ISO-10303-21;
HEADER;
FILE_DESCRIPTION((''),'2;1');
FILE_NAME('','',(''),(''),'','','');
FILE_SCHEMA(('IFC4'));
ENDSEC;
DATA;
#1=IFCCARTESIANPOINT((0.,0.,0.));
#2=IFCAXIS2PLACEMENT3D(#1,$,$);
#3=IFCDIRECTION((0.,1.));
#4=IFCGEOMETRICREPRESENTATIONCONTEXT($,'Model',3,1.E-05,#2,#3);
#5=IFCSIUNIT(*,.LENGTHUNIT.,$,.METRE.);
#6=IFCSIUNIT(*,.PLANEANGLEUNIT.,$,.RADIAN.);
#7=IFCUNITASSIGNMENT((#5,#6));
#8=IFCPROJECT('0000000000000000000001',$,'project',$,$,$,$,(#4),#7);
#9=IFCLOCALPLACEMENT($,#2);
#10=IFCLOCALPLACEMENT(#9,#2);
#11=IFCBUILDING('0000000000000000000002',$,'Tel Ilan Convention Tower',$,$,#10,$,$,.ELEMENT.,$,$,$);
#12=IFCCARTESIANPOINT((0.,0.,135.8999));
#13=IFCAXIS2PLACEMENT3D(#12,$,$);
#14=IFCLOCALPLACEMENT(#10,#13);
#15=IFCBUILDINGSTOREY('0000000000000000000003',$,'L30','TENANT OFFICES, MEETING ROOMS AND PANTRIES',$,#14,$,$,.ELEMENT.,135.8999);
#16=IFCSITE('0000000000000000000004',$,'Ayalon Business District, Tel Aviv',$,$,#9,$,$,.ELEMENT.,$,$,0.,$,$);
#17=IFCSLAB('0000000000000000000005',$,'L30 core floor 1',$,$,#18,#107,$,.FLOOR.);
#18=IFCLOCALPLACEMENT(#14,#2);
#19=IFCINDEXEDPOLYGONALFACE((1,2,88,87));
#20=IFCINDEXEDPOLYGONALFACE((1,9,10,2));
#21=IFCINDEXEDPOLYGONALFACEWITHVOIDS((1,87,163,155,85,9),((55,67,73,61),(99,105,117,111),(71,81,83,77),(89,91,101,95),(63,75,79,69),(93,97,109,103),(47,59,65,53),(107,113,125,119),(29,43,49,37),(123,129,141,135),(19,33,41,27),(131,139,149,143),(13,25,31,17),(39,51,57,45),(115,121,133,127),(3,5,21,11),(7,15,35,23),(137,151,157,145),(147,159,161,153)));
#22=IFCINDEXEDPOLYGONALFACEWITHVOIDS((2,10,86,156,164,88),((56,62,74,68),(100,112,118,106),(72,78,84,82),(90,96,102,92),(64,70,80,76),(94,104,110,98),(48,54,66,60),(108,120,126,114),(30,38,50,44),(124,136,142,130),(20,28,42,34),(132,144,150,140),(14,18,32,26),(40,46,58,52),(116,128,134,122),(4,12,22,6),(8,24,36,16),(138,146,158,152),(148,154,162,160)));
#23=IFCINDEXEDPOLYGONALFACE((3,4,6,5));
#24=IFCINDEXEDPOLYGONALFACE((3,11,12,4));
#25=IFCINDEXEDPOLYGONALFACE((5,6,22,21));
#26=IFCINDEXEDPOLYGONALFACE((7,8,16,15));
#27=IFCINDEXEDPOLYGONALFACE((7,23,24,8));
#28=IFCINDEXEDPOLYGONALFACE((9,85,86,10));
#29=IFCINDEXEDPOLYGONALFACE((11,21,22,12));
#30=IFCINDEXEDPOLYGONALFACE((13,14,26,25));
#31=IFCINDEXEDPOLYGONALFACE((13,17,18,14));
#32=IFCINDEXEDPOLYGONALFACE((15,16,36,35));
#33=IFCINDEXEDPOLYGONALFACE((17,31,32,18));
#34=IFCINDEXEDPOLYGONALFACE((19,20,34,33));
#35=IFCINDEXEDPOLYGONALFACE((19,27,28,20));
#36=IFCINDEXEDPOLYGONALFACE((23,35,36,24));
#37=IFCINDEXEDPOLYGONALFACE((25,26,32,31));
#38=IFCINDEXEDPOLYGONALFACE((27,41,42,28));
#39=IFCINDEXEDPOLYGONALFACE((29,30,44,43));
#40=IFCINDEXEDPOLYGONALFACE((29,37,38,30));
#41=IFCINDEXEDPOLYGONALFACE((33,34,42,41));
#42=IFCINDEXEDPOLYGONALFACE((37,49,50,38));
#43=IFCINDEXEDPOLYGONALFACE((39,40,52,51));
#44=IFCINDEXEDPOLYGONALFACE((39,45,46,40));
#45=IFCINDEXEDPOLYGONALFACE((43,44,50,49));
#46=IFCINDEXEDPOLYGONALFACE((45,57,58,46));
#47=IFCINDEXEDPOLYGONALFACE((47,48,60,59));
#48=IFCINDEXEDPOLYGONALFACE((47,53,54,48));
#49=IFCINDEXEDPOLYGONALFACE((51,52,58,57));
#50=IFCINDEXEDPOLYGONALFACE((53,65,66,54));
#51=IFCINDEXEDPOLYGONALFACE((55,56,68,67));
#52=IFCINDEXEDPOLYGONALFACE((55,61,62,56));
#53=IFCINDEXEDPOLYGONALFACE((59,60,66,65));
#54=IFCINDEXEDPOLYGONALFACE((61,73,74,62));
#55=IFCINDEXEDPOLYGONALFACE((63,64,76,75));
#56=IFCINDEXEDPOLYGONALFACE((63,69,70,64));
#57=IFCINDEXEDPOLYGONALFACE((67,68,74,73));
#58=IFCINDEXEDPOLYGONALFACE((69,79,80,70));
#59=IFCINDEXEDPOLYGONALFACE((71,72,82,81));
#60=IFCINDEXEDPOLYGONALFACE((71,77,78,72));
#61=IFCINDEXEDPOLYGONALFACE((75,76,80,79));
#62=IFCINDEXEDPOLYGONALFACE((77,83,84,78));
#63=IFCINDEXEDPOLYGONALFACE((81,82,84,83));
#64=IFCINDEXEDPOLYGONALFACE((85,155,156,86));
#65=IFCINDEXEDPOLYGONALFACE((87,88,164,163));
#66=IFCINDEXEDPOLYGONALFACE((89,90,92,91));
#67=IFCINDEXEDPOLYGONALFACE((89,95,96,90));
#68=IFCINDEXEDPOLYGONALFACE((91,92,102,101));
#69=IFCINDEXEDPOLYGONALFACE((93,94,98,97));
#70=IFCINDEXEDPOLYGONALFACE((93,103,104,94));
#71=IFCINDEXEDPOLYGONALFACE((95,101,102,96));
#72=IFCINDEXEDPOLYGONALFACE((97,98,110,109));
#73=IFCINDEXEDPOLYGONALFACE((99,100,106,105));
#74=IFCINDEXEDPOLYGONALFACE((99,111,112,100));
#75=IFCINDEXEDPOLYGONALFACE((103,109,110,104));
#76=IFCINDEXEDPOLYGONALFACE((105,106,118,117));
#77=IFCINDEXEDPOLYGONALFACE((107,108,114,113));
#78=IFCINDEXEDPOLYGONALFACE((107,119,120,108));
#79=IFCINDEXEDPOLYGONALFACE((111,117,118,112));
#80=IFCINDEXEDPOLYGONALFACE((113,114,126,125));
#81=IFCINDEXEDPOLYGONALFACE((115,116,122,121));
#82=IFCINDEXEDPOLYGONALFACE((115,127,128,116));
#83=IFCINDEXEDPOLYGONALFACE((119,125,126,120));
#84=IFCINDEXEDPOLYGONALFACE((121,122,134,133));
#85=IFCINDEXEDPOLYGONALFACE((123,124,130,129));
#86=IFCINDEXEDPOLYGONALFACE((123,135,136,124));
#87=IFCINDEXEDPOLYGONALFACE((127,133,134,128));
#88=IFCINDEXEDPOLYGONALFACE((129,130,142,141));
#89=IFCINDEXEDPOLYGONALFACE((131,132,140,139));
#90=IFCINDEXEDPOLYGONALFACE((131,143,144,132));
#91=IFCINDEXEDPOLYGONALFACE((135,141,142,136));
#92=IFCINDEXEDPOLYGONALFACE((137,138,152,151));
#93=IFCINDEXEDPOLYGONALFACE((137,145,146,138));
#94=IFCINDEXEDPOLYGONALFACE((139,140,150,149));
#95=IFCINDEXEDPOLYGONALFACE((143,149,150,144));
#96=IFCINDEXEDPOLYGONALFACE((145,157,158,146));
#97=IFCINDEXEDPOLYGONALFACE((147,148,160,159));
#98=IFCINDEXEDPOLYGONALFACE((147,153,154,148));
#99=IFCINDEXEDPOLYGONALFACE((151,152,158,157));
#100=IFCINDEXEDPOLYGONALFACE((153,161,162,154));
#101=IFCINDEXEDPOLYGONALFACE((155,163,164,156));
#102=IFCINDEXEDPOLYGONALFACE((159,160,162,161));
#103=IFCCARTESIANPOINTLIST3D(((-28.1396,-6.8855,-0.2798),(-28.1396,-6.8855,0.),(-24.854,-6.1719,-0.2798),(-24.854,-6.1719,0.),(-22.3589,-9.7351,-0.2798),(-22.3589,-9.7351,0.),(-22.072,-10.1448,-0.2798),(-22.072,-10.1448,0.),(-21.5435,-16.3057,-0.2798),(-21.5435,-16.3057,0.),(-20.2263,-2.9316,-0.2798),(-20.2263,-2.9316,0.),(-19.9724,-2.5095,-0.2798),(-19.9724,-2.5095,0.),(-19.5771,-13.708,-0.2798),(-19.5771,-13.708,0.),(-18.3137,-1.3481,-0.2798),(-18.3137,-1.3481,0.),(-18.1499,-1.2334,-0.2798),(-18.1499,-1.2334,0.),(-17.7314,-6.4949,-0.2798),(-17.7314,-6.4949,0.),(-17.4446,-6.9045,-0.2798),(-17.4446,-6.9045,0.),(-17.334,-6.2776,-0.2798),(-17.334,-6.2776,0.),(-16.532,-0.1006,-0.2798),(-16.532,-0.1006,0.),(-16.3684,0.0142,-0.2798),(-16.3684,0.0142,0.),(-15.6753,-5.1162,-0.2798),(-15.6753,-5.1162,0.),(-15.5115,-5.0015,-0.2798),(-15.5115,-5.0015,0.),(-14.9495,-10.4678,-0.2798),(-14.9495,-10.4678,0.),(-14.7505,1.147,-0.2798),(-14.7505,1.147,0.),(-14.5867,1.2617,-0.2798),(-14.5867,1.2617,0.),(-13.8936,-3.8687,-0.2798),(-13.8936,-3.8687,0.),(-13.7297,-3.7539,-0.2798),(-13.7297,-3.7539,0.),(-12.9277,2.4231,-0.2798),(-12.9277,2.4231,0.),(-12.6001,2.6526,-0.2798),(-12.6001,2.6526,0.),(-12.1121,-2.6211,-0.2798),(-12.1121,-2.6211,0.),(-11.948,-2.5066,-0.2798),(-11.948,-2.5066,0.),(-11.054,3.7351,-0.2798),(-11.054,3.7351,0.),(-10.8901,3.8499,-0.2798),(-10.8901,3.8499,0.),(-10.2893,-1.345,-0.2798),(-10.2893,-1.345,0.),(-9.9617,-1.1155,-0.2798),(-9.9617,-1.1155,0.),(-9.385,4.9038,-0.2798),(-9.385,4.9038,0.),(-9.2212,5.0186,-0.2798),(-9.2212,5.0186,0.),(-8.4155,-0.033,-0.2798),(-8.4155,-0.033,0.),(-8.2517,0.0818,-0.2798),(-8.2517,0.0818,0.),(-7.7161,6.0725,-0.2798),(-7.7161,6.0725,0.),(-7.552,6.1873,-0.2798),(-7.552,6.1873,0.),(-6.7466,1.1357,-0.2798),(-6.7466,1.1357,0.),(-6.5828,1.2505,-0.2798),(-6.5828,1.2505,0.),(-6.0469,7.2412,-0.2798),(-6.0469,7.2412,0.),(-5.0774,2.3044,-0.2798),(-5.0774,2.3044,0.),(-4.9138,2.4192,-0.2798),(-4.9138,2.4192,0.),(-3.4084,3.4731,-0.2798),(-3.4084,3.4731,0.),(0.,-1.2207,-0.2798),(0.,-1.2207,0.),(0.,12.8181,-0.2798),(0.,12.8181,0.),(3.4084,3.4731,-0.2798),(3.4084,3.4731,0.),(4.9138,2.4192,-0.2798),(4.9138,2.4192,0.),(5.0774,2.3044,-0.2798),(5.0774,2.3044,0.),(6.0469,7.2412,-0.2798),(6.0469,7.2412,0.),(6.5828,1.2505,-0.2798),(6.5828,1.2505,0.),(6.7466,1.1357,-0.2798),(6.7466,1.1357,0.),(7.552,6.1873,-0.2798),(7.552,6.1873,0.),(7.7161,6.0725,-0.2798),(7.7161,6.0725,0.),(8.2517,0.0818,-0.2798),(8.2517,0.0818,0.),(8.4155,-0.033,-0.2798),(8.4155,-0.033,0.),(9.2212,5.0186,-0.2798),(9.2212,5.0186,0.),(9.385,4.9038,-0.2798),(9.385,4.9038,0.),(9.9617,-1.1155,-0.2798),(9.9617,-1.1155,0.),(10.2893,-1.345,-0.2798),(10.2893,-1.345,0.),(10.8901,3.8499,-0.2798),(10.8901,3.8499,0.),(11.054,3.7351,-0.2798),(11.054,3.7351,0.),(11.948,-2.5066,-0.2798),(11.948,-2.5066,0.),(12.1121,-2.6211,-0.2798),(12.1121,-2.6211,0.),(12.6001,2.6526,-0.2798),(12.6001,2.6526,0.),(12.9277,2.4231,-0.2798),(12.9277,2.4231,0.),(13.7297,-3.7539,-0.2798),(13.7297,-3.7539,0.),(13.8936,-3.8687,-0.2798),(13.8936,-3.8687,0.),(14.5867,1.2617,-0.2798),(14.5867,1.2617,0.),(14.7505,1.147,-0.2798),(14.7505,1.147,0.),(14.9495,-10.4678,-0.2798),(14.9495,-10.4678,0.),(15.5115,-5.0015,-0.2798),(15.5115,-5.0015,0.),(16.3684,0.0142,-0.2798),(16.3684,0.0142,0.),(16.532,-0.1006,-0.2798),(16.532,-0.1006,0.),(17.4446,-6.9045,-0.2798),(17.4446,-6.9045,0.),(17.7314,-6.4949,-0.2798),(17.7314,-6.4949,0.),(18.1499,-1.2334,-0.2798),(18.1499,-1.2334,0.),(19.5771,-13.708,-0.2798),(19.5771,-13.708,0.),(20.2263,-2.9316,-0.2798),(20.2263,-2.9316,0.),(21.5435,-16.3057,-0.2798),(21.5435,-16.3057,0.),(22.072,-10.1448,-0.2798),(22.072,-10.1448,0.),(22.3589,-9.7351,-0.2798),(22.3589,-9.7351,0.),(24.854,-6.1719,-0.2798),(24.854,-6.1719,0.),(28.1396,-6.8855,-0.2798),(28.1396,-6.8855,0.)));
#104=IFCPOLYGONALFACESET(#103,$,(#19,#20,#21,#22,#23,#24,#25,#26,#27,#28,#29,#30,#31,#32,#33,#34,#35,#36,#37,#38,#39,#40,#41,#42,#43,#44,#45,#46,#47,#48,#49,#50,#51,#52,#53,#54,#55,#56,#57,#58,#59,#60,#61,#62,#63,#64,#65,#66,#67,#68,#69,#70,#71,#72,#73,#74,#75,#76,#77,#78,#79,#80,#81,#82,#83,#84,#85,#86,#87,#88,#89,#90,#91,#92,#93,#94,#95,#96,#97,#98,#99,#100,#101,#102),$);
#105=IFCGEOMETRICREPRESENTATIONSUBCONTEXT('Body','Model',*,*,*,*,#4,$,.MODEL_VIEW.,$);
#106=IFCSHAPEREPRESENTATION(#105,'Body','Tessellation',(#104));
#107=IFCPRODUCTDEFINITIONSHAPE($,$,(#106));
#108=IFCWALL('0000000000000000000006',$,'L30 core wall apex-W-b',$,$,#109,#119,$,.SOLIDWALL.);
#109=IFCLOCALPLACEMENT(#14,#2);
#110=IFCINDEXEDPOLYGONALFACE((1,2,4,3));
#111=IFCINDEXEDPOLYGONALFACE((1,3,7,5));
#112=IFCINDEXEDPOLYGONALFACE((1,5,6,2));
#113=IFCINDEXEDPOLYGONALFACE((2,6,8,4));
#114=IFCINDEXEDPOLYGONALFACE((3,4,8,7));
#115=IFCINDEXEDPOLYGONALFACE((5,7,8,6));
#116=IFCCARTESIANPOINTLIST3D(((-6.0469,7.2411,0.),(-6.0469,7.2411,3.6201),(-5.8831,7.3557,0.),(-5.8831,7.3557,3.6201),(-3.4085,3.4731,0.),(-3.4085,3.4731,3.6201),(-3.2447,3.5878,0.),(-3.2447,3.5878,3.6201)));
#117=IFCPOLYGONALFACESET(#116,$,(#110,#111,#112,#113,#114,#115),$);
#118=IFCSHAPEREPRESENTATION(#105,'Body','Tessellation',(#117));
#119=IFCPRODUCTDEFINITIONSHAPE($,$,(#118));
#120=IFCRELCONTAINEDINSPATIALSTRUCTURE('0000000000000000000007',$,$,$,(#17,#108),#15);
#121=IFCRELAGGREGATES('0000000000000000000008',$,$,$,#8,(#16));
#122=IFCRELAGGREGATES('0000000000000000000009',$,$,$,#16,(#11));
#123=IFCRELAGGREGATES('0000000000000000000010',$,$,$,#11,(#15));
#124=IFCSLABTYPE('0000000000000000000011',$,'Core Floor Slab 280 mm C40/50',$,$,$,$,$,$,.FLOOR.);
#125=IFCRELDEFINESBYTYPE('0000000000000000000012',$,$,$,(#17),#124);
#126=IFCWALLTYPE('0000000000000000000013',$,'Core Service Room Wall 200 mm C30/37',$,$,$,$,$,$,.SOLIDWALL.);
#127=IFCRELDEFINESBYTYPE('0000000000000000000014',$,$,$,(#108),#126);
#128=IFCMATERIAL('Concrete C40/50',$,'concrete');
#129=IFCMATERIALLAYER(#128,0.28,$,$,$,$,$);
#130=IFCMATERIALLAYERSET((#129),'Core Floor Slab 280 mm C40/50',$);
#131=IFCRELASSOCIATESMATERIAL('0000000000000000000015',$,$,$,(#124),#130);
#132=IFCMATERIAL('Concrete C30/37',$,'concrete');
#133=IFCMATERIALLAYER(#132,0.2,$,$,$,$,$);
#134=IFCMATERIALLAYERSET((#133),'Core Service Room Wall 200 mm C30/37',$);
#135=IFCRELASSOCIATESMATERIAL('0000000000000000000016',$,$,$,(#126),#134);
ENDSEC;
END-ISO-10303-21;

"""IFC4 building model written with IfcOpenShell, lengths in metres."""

from ifc_helpers import new_model, si_unit, direction, frame, frame_2d, origin, place, context, subcontext, project, spatial, polyline, rectangle, outline, extrude, material, layer, layer_set, type_object, element, save


model = new_model("IFC4")

# Units and contexts
model_context = context("Model", 3, precision=1e-05, world=origin(), true_north=direction((0.0, 1.0)))
body_context = subcontext(model_context, "Body", "Model", "MODEL_VIEW")
ifc_project = project(units=[si_unit("LENGTHUNIT", "METRE"), si_unit("PLANEANGLEUNIT", "RADIAN")], contexts=[model_context])

# Site, building, storey
site_placement = place(None, origin())
site = spatial("IfcSite", under=ifc_project, at=site_placement, Name="Ayalon Business District, Tel Aviv", CompositionType="ELEMENT", RefElevation=0.0)
building_placement = place(site_placement, origin())
building = spatial("IfcBuilding", under=site, at=building_placement, Name="Tel Ilan Convention Tower", CompositionType="ELEMENT")
storey_placement = place(building_placement, frame((0.0, 0.0, 135.8999)))
storey = spatial("IfcBuildingStorey", under=building, at=storey_placement, Name="L30", Description="TENANT OFFICES, MEETING ROOMS AND PANTRIES", CompositionType="ELEMENT", Elevation=135.8999)

# Slab
ifc_material_1 = material(Name="Concrete C40/50", Category="concrete")
ifc_layer_1 = layer(ifc_material_1, 0.28)
ifc_layer_set_1 = layer_set([ifc_layer_1], Name="Core Floor Slab 280 mm C40/50")
slab_type = type_object("IfcSlabType", Name="Core Floor Slab 280 mm C40/50", PredefinedType="FLOOR", material=ifc_layer_set_1)
slab_placement = place(storey_placement, frame((0.0, 0.0, -0.2798)))
element("IfcSlab", 1, at=slab_placement, inside=storey, type_object=slab_type, Name="L30 core floor 1", PredefinedType="FLOOR", context=body_context, shape_type="SweptSolid", body=[
    extrude(outline(polyline([(-28.1396, -6.8855), (0.0, 12.8181), (28.1396, -6.8855), (21.5435, -16.3057), (0.0, -1.2207), (-21.5435, -16.3057), (-28.1396, -6.8855)]), holes=[polyline([(-14.9495, -10.4678), (-17.4446, -6.9045), (-22.072, -10.1448), (-19.5771, -13.708), (-14.9495, -10.4678)]), polyline([(-17.7314, -6.4949), (-20.2263, -2.9316), (-24.854, -6.1719), (-22.3589, -9.7351), (-17.7314, -6.4949)]), polyline([(-18.3137, -1.3481), (-19.9724, -2.5095), (-17.334, -6.2776), (-15.6753, -5.1162), (-18.3137, -1.3481)]), polyline([(-16.532, -0.1006), (-18.1499, -1.2334), (-15.5115, -5.0015), (-13.8936, -3.8687), (-16.532, -0.1006)]), polyline([(-14.7505, 1.147), (-16.3684, 0.0142), (-13.7297, -3.7539), (-12.1121, -2.6211), (-14.7505, 1.147)]), polyline([(-12.9277, 2.4231), (-14.5867, 1.2617), (-11.948, -2.5066), (-10.2893, -1.345), (-12.9277, 2.4231)]), polyline([(-11.054, 3.7351), (-12.6001, 2.6526), (-9.9617, -1.1155), (-8.4155, -0.033), (-11.054, 3.7351)]), polyline([(-6.7466, 1.1357), (-9.385, 4.9038), (-10.8901, 3.8499), (-8.2517, 0.0818), (-6.7466, 1.1357)]), polyline([(-5.0774, 2.3044), (-7.7161, 6.0725), (-9.2212, 5.0186), (-6.5828, 1.2505), (-5.0774, 2.3044)]), polyline([(-6.0469, 7.2412), (-7.552, 6.1873), (-4.9138, 2.4192), (-3.4084, 3.4731), (-6.0469, 7.2412)]), polyline([(17.4446, -6.9045), (14.9495, -10.4678), (19.5771, -13.708), (22.072, -10.1448), (17.4446, -6.9045)]), polyline([(20.2263, -2.9316), (17.7314, -6.4949), (22.3589, -9.7351), (24.854, -6.1719), (20.2263, -2.9316)]), polyline([(13.8936, -3.8687), (15.5115, -5.0015), (18.1499, -1.2334), (16.532, -0.1006), (13.8936, -3.8687)]), polyline([(12.1121, -2.6211), (13.7297, -3.7539), (16.3684, 0.0142), (14.7505, 1.147), (12.1121, -2.6211)]), polyline([(11.948, -2.5066), (14.5867, 1.2617), (12.9277, 2.4231), (10.2893, -1.345), (11.948, -2.5066)]), polyline([(9.9617, -1.1155), (12.6001, 2.6526), (11.054, 3.7351), (8.4155, -0.033), (9.9617, -1.1155)]), polyline([(8.2517, 0.0818), (10.8901, 3.8499), (9.385, 4.9038), (6.7466, 1.1357), (8.2517, 0.0818)]), polyline([(5.0774, 2.3044), (6.5828, 1.2505), (9.2212, 5.0186), (7.7161, 6.0725), (5.0774, 2.3044)]), polyline([(3.4084, 3.4731), (4.9138, 2.4192), (7.552, 6.1873), (6.0469, 7.2412), (3.4084, 3.4731)])]), origin(), (0.0, 0.0, 1.0), 0.2798),
])

# Wall
ifc_material_2 = material(Name="Concrete C30/37", Category="concrete")
ifc_layer_2 = layer(ifc_material_2, 0.2)
ifc_layer_set_2 = layer_set([ifc_layer_2], Name="Core Service Room Wall 200 mm C30/37")
wall_type_1 = type_object("IfcWallType", Name="Core Service Room Wall 200 mm C30/37", PredefinedType="SOLIDWALL", material=ifc_layer_set_2)
wall_1_placement = place(storey_placement, frame((-3.3267, 3.5305, 0.0), z_axis=(0.0, 0.0, 1.0), x_axis=(-0.573576, 0.819152, 0.0)))
element("IfcWall", 2, at=wall_1_placement, inside=storey, type_object=wall_type_1, Name="L30 core wall apex-W-b", PredefinedType="SOLIDWALL", context=body_context, shape_type="SweptSolid", body=[
    extrude(rectangle(XDim=4.5999, YDim=0.2, at=frame_2d((2.2998, 0.0))), origin(), (0.0, 0.0, 1.0), 3.6201),
])

save(model, "model.ifc")
